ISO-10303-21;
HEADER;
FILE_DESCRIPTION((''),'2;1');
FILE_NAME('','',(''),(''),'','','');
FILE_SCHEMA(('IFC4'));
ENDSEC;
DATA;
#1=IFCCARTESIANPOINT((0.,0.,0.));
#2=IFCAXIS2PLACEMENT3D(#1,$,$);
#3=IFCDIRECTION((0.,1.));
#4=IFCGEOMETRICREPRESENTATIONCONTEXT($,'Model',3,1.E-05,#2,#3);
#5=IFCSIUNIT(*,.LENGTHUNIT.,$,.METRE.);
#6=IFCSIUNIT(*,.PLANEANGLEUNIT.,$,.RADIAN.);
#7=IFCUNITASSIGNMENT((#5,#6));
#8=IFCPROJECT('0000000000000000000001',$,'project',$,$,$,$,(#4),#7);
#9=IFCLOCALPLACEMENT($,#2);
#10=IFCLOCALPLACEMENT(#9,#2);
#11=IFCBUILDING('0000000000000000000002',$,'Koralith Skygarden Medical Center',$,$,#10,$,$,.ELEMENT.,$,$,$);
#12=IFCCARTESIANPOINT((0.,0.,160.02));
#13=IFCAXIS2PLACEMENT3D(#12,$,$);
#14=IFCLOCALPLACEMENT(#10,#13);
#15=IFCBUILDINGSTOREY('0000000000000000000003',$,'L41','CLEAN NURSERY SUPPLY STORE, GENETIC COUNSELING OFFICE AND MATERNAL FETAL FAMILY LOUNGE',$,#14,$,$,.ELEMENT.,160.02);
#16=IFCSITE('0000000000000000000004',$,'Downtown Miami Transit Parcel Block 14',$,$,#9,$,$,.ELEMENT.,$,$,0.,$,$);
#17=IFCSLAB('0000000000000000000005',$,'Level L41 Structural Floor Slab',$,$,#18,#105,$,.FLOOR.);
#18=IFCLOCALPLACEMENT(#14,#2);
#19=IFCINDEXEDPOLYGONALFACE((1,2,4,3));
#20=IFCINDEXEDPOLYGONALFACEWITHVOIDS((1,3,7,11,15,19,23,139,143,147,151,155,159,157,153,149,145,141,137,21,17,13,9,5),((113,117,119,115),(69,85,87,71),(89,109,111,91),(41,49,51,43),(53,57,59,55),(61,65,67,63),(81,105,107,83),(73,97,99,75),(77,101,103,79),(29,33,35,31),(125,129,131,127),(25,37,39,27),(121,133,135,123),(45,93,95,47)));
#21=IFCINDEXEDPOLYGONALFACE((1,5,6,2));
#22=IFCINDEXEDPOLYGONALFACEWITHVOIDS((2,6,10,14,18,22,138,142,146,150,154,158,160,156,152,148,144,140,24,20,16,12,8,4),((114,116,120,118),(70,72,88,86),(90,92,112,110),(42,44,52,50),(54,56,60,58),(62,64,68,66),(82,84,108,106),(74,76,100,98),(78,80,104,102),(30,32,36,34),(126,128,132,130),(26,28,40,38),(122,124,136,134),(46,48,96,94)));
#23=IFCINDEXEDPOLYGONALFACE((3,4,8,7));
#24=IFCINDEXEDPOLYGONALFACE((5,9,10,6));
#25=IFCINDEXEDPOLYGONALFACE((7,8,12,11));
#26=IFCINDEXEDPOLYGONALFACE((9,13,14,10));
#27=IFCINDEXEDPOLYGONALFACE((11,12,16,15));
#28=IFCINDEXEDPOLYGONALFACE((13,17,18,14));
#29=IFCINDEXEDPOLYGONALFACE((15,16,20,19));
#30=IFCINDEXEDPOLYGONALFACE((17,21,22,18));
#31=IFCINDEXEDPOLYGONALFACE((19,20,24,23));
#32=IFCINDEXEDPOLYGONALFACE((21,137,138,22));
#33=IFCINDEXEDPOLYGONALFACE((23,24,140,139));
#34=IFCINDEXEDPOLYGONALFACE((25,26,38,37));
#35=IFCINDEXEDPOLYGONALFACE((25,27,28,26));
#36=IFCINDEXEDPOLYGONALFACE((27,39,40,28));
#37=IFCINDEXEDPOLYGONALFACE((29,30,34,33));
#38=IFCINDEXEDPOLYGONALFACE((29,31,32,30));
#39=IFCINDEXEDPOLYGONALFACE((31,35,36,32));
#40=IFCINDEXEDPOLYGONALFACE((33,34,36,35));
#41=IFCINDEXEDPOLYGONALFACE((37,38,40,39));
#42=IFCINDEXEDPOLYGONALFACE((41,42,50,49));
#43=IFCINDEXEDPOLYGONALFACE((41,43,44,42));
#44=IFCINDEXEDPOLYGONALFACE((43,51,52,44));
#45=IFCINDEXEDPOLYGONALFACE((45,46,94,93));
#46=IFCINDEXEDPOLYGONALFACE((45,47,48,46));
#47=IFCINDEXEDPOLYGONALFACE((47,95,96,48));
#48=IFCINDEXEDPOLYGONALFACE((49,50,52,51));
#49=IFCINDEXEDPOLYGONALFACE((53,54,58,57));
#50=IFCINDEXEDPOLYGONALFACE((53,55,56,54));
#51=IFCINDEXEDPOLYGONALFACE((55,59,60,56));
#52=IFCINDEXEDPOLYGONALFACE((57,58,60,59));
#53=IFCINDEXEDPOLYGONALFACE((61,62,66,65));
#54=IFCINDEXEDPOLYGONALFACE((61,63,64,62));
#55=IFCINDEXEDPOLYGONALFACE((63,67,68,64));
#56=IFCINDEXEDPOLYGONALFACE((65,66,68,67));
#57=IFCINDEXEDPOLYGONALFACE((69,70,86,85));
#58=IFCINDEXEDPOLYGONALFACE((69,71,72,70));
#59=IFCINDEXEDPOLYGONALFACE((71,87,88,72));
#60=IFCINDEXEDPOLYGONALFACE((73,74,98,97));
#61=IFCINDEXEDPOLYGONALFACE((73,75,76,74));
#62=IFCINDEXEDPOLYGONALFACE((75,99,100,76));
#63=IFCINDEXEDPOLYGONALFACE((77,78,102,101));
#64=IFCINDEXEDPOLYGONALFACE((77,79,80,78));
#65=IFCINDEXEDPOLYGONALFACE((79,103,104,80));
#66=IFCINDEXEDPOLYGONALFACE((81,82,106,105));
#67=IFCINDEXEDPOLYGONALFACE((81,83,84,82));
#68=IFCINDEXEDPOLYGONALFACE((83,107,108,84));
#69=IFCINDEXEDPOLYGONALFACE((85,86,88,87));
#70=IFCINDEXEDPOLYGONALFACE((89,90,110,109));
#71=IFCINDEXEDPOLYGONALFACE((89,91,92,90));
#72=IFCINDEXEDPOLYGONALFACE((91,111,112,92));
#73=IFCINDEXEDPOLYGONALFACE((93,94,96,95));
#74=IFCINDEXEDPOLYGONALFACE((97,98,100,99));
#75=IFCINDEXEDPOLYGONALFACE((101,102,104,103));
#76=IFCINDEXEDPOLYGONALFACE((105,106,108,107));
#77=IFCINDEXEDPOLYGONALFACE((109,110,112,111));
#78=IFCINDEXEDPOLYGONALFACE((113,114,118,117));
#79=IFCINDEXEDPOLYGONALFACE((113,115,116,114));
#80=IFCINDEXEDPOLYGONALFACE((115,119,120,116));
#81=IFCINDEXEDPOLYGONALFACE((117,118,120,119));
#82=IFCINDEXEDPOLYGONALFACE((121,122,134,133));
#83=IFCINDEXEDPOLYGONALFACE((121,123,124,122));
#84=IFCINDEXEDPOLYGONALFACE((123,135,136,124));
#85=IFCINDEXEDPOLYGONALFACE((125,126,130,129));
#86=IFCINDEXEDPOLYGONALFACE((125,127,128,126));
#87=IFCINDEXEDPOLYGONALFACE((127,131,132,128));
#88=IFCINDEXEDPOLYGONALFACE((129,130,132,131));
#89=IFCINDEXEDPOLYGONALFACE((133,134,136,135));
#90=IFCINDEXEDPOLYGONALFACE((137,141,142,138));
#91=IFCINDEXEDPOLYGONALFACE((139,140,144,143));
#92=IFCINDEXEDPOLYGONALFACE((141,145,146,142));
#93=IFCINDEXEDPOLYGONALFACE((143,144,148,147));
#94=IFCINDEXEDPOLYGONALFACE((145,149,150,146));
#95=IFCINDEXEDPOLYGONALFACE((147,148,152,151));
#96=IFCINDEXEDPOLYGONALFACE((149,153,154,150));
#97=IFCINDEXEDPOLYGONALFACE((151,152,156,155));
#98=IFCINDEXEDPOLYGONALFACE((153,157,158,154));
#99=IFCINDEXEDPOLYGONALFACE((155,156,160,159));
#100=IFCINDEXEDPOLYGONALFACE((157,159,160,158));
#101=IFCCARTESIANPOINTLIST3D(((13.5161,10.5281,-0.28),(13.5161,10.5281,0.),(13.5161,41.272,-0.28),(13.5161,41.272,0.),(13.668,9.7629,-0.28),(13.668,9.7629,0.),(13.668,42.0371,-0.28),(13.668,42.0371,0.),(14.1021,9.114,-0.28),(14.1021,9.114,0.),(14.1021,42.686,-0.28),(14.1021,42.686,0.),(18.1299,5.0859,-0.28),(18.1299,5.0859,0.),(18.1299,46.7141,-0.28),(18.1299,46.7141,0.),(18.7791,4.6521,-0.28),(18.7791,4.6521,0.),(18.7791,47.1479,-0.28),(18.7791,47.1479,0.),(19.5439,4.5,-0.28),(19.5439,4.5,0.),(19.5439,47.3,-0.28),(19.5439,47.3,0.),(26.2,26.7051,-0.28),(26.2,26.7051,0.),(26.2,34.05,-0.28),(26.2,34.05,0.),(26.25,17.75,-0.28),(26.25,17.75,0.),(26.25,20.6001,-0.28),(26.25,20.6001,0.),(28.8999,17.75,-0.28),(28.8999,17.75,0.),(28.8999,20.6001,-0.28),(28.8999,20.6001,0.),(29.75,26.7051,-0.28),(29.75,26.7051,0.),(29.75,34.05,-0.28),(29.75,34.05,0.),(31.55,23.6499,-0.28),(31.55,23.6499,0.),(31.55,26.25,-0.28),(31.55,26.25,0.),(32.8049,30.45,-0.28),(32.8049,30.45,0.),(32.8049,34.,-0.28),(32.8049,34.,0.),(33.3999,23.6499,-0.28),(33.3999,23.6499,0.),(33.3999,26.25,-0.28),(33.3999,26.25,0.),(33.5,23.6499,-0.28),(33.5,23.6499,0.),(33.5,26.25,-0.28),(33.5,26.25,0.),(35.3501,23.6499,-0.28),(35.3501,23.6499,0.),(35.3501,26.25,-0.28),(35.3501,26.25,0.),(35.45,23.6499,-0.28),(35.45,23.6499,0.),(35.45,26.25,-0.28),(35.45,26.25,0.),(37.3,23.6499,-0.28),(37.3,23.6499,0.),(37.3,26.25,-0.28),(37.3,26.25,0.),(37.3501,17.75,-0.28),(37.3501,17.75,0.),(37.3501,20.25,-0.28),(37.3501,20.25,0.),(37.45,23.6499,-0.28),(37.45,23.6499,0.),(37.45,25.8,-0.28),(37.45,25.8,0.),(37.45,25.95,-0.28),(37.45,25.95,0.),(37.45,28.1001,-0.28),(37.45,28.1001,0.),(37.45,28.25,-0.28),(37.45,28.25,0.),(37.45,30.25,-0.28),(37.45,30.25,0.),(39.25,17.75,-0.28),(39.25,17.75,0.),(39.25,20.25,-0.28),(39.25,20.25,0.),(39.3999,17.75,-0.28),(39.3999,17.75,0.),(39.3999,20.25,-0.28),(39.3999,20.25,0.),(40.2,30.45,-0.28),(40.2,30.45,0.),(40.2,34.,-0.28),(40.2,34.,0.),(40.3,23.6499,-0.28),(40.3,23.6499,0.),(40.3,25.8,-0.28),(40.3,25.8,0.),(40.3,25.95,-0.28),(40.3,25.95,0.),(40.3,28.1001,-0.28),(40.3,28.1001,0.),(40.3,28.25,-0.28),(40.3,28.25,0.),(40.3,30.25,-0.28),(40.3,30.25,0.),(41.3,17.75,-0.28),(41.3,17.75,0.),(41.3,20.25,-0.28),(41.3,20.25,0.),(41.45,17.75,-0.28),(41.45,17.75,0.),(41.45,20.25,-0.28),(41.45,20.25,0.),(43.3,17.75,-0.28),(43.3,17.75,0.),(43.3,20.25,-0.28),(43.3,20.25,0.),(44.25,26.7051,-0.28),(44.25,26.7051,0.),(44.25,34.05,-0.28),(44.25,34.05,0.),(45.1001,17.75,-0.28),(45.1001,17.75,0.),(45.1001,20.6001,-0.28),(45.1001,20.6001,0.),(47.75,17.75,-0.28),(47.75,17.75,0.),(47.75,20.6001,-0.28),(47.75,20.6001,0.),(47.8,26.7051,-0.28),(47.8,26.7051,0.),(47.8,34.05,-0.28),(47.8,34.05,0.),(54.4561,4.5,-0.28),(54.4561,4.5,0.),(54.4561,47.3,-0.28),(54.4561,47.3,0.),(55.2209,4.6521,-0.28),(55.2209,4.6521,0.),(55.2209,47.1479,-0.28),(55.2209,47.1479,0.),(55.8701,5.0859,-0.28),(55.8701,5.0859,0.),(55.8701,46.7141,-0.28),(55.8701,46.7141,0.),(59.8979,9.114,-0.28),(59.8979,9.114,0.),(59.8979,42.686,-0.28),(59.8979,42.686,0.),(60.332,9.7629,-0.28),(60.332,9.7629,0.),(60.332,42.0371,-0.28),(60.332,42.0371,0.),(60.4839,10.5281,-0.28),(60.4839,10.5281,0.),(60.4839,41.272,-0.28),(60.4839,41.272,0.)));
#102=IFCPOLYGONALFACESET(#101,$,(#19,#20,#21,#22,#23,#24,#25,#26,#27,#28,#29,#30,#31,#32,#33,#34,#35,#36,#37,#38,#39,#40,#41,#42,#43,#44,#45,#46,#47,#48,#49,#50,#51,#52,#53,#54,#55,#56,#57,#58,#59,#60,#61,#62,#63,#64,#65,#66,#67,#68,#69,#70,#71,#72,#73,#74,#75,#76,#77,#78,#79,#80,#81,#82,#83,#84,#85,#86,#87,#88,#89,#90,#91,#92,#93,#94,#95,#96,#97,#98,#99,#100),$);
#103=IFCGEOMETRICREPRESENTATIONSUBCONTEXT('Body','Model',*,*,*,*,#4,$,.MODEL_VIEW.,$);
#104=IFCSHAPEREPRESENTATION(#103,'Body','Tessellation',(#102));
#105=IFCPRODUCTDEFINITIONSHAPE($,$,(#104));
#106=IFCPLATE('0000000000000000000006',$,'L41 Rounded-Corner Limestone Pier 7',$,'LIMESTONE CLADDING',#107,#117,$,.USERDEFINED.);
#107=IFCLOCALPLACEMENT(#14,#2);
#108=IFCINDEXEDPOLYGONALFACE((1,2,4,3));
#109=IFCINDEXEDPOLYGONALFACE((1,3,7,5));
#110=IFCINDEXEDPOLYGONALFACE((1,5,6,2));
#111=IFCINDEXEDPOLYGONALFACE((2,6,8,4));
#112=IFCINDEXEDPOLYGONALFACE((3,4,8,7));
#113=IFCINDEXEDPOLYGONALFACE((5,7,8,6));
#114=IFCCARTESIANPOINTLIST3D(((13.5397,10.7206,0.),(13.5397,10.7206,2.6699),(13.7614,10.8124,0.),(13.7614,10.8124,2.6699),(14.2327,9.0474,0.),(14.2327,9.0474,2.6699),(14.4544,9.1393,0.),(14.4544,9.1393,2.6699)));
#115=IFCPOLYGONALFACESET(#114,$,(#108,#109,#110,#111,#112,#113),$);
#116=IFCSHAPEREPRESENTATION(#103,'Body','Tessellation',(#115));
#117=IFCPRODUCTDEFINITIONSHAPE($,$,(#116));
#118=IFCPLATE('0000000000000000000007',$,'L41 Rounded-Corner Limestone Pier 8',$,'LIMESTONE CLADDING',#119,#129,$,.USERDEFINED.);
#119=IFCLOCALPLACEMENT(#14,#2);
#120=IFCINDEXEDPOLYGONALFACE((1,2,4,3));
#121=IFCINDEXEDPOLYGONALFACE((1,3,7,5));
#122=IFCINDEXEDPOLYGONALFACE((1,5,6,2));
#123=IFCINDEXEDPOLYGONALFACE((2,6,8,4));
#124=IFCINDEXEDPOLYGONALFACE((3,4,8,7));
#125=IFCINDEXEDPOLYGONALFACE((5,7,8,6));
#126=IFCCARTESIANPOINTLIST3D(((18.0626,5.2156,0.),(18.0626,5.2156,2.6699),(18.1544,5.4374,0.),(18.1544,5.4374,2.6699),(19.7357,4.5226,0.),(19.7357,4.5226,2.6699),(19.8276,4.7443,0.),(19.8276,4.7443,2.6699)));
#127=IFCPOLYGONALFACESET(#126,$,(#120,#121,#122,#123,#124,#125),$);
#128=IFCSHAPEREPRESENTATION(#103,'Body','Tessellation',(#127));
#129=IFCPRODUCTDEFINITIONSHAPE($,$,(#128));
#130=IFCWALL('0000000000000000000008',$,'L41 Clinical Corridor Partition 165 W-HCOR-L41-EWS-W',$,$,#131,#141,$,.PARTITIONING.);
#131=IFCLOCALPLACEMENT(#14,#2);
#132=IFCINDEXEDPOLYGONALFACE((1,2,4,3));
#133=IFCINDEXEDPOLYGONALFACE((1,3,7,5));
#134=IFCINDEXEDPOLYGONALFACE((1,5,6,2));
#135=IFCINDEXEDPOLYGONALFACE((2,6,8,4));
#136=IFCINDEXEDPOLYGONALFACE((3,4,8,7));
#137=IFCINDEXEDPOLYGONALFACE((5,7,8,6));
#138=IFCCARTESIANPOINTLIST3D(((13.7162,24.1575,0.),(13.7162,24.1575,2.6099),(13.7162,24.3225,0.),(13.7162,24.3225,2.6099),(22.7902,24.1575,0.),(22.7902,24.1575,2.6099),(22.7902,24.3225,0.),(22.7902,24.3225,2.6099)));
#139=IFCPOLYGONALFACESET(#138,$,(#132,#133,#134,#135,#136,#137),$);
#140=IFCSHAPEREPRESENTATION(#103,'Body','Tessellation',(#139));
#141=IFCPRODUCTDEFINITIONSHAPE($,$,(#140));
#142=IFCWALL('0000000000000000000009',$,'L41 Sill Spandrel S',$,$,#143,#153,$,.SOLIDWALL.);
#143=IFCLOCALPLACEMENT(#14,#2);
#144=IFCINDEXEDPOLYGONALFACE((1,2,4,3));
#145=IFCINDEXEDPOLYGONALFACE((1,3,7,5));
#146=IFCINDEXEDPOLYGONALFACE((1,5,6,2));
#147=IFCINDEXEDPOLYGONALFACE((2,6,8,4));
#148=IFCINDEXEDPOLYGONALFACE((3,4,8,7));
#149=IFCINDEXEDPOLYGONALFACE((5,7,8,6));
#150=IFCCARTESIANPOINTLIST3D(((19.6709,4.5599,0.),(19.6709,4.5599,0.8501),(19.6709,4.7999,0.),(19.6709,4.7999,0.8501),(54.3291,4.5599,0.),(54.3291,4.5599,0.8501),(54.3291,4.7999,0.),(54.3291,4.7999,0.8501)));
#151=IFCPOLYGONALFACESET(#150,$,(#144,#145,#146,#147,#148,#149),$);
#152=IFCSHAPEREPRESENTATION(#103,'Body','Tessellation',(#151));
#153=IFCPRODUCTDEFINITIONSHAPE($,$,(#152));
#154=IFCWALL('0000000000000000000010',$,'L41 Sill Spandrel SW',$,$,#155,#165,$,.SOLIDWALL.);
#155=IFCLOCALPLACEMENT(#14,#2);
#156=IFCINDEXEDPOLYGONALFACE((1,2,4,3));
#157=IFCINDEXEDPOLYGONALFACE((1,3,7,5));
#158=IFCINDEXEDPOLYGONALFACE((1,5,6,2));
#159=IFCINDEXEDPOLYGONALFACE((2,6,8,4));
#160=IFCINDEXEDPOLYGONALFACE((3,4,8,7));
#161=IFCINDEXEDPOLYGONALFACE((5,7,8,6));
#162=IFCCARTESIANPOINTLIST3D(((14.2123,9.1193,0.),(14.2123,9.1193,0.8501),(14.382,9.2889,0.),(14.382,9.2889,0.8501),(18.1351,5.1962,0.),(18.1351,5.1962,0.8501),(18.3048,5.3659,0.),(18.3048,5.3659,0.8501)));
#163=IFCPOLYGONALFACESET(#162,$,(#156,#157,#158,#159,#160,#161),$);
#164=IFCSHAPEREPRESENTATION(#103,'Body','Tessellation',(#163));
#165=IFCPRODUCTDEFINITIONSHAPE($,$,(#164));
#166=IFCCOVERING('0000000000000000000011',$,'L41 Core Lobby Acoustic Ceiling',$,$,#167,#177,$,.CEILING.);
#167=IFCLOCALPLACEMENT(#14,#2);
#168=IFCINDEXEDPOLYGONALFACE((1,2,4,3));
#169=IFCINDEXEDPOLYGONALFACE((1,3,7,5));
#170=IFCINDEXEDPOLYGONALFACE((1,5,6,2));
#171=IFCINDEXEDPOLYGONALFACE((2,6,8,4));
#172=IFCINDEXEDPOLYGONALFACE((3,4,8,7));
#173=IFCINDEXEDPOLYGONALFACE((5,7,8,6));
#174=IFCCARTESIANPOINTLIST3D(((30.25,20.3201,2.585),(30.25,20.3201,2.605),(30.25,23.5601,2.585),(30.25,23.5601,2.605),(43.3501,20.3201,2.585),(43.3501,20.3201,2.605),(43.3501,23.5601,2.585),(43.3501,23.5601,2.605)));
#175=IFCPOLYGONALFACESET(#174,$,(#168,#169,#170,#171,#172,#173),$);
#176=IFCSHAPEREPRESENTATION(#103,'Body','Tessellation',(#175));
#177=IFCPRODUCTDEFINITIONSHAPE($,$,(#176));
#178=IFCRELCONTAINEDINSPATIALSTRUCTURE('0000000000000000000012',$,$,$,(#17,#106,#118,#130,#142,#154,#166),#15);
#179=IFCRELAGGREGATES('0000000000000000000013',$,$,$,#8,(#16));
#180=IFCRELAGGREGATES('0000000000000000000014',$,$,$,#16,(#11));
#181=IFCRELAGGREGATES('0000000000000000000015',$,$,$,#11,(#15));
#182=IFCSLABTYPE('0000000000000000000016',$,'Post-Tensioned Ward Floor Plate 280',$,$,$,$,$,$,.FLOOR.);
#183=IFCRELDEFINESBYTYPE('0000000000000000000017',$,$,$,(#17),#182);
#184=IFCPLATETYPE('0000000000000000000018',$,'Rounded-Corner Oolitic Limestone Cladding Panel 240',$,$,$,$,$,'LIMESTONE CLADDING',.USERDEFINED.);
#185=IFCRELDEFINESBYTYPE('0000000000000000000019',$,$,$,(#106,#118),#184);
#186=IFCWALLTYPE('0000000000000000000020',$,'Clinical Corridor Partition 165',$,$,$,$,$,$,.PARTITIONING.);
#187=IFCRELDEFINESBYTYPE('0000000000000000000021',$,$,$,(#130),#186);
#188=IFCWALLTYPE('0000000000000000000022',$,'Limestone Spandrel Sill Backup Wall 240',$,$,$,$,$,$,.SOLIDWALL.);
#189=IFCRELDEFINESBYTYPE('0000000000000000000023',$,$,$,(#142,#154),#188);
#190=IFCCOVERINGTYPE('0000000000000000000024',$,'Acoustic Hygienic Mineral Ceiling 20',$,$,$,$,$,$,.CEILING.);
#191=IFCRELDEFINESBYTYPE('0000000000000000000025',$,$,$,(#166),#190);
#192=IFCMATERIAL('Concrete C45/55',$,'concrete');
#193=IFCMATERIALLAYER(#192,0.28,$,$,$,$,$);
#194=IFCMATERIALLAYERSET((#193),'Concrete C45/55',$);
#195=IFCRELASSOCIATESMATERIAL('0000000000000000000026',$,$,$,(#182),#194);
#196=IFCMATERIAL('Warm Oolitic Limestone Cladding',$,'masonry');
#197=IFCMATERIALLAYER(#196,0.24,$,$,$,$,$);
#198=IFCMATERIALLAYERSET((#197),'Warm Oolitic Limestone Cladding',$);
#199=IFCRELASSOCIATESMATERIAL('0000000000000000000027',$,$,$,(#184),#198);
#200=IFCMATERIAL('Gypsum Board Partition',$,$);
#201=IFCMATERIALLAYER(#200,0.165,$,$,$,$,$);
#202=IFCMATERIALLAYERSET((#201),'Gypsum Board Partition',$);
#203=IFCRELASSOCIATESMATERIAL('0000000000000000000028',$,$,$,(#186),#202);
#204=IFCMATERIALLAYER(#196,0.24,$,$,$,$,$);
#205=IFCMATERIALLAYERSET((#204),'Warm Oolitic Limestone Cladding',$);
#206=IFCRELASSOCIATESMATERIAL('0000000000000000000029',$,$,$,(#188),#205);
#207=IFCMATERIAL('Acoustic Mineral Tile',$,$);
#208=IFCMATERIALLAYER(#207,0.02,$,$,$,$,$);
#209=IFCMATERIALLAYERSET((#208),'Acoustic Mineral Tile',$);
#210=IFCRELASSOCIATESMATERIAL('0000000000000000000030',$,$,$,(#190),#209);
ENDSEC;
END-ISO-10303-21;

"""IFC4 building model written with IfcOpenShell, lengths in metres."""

from ifc_helpers import new_model, si_unit, direction, frame, frame_2d, origin, origin_2d, place, context, subcontext, project, spatial, polyline, rectangle, outline, extrude, material, layer, layer_set, type_object, element, save


model = new_model("IFC4")

# Units and contexts
model_context = context("Model", 3, precision=1e-05, world=origin(), true_north=direction((0.0, 1.0)))
body_context = subcontext(model_context, "Body", "Model", "MODEL_VIEW")
ifc_project = project(units=[si_unit("LENGTHUNIT", "METRE"), si_unit("PLANEANGLEUNIT", "RADIAN")], contexts=[model_context])

# Site, building, storey
site_placement = place(None, origin())
site = spatial("IfcSite", under=ifc_project, at=site_placement, Name="Downtown Miami Transit Parcel Block 14", CompositionType="ELEMENT", RefElevation=0.0)
building_placement = place(site_placement, origin())
building = spatial("IfcBuilding", under=site, at=building_placement, Name="Koralith Skygarden Medical Center", CompositionType="ELEMENT")
storey_placement = place(building_placement, frame((0.0, 0.0, 160.02)))
storey = spatial("IfcBuildingStorey", under=building, at=storey_placement, Name="L41", Description="CLEAN NURSERY SUPPLY STORE, GENETIC COUNSELING OFFICE AND MATERNAL FETAL FAMILY LOUNGE", CompositionType="ELEMENT", Elevation=160.02)

# Shared definitions
ifc_material_1 = material(Name="Concrete C45/55", Category="concrete")

# Slab
ifc_layer_1 = layer(ifc_material_1, 0.28)
ifc_layer_set_1 = layer_set([ifc_layer_1], Name="Concrete C45/55")
slab_type_1 = type_object("IfcSlabType", Name="Post-Tensioned Ward Floor Plate 280", PredefinedType="FLOOR", material=ifc_layer_set_1)
slab_1_placement = place(storey_placement, frame((0.0, 0.0, -0.28)))
element("IfcSlab", 1, at=slab_1_placement, inside=storey, type_object=slab_type_1, Name="Level L41 Structural Floor Slab", PredefinedType="FLOOR", context=body_context, shape_type="SweptSolid", body=[
    extrude(outline(polyline([(18.1299, 5.0859), (18.7791, 4.6521), (19.5439, 4.5), (54.4561, 4.5), (55.2209, 4.6521), (55.8701, 5.0859), (59.8979, 9.114), (60.332, 9.7629), (60.4839, 10.5281), (60.4839, 41.272), (60.332, 42.0371), (59.8979, 42.686), (55.8701, 46.7141), (55.2209, 47.1479), (54.4561, 47.3), (19.5439, 47.3), (18.7791, 47.1479), (18.1299, 46.7141), (14.1021, 42.686), (13.668, 42.0371), (13.5161, 41.272), (13.5161, 10.5281), (13.668, 9.7629), (14.1021, 9.114), (18.1299, 5.0859)]), holes=[polyline([(26.2, 26.7051), (29.75, 26.7051), (29.75, 34.05), (26.2, 34.05), (26.2, 26.7051)]), polyline([(44.25, 26.7051), (47.8, 26.7051), (47.8, 34.05), (44.25, 34.05), (44.25, 26.7051)]), polyline([(32.8049, 30.45), (40.2, 30.45), (40.2, 34.0), (32.8049, 34.0), (32.8049, 30.45)]), polyline([(26.25, 17.75), (28.8999, 17.75), (28.8999, 20.6001), (26.25, 20.6001), (26.25, 17.75)]), polyline([(45.1001, 17.75), (47.75, 17.75), (47.75, 20.6001), (45.1001, 20.6001), (45.1001, 17.75)]), polyline([(37.3501, 17.75), (39.25, 17.75), (39.25, 20.25), (37.3501, 20.25), (37.3501, 17.75)]), polyline([(39.3999, 17.75), (41.3, 17.75), (41.3, 20.25), (39.3999, 20.25), (39.3999, 17.75)]), polyline([(41.45, 17.75), (43.3, 17.75), (43.3, 20.25), (41.45, 20.25), (41.45, 17.75)]), polyline([(31.55, 23.6499), (33.3999, 23.6499), (33.3999, 26.25), (31.55, 26.25), (31.55, 23.6499)]), polyline([(33.5, 23.6499), (35.3501, 23.6499), (35.3501, 26.25), (33.5, 26.25), (33.5, 23.6499)]), polyline([(35.45, 23.6499), (37.3, 23.6499), (37.3, 26.25), (35.45, 26.25), (35.45, 23.6499)]), polyline([(37.45, 23.6499), (40.3, 23.6499), (40.3, 25.8), (37.45, 25.8), (37.45, 23.6499)]), polyline([(37.45, 25.95), (40.3, 25.95), (40.3, 28.1001), (37.45, 28.1001), (37.45, 25.95)]), polyline([(37.45, 28.25), (40.3, 28.25), (40.3, 30.25), (37.45, 30.25), (37.45, 28.25)])]), origin(), (0.0, 0.0, 1.0), 0.28),
])

# Plates
ifc_material_2 = material(Name="Warm Oolitic Limestone Cladding", Category="masonry")
ifc_layer_2 = layer(ifc_material_2, 0.24)
ifc_layer_set_2 = layer_set([ifc_layer_2], Name="Warm Oolitic Limestone Cladding")
plate_type_1 = type_object("IfcPlateType", Name="Rounded-Corner Oolitic Limestone Cladding Panel 240", ElementType="LIMESTONE CLADDING", PredefinedType="USERDEFINED", material=ifc_layer_set_2)
for number, where, z_axis, x_axis, name in (
    (2, (13.9971, 9.9299, 0.0), (0.0, 0.0, 1.0), (0.382671, -0.923885, 0.0), "L41 Rounded-Corner Limestone Pier 7"),
    (3, (18.9451, 4.98, 0.0), (0.0, 0.0, 1.0), (0.923885, -0.382671, 0.0), "L41 Rounded-Corner Limestone Pier 8"),
):
    element("IfcPlate", number, at=place(storey_placement, frame(where, z_axis=z_axis, x_axis=x_axis)), inside=storey, type_object=plate_type_1, Name=name, ObjectType="LIMESTONE CLADDING", PredefinedType="USERDEFINED", context=body_context, shape_type="SweptSolid", body=[
        extrude(rectangle(XDim=1.811, YDim=0.24, at=origin_2d()), origin(), (0.0, 0.0, 1.0), 2.6699),
    ])

# Walls
ifc_material_3 = material(Name="Gypsum Board Partition")
ifc_layer_3 = layer(ifc_material_3, 0.165)
ifc_layer_set_3 = layer_set([ifc_layer_3], Name="Gypsum Board Partition")
wall_type_1 = type_object("IfcWallType", Name="Clinical Corridor Partition 165", PredefinedType="PARTITIONING", material=ifc_layer_set_3)
wall_1_placement = place(storey_placement, frame((13.7161, 24.24, 0.0), z_axis=(0.0, 0.0, 1.0), x_axis=(1.0, 0.0, 0.0)))
element("IfcWall", 4, at=wall_1_placement, inside=storey, type_object=wall_type_1, Name="L41 Clinical Corridor Partition 165 W-HCOR-L41-EWS-W", PredefinedType="PARTITIONING", context=body_context, shape_type="SweptSolid", body=[
    extrude(rectangle(XDim=9.074, YDim=0.165, at=frame_2d((4.5371, 0.0))), origin(), (0.0, 0.0, 1.0), 2.6099),
])
ifc_layer_4 = layer(ifc_material_2, 0.24)
ifc_layer_set_4 = layer_set([ifc_layer_4], Name="Warm Oolitic Limestone Cladding")
wall_type_2 = type_object("IfcWallType", Name="Limestone Spandrel Sill Backup Wall 240", PredefinedType="SOLIDWALL", material=ifc_layer_set_4)
wall_2_placement = place(storey_placement, frame((19.6709, 4.6799, 0.0), z_axis=(0.0, 0.0, 1.0), x_axis=(1.0, 0.0, 0.0)))
element("IfcWall", 5, at=wall_2_placement, inside=storey, type_object=wall_type_2, Name="L41 Sill Spandrel S", PredefinedType="SOLIDWALL", context=body_context, shape_type="SweptSolid", body=[
    extrude(rectangle(XDim=34.6582, YDim=0.24, at=frame_2d((17.3291, 0.0))), origin(), (0.0, 0.0, 1.0), 0.8501),
])
wall_3_placement = place(storey_placement, frame((14.2971, 9.2041, 0.0), z_axis=(0.0, 0.0, 1.0), x_axis=(0.707085, -0.707129, 0.0)))
element("IfcWall", 6, at=wall_3_placement, inside=storey, type_object=wall_type_2, Name="L41 Sill Spandrel SW", PredefinedType="SOLIDWALL", context=body_context, shape_type="SweptSolid", body=[
    extrude(rectangle(XDim=5.5479, YDim=0.24, at=frame_2d((2.7739, 0.0))), origin(), (0.0, 0.0, 1.0), 0.8501),
])

# Covering
ifc_material_4 = material(Name="Acoustic Mineral Tile")
ifc_layer_5 = layer(ifc_material_4, 0.02)
ifc_layer_set_5 = layer_set([ifc_layer_5], Name="Acoustic Mineral Tile")
covering_type_1 = type_object("IfcCoveringType", Name="Acoustic Hygienic Mineral Ceiling 20", PredefinedType="CEILING", material=ifc_layer_set_5)
covering_1_placement = place(storey_placement, frame((0.0, 0.0, 2.585)))
element("IfcCovering", 7, at=covering_1_placement, inside=storey, type_object=covering_type_1, Name="L41 Core Lobby Acoustic Ceiling", PredefinedType="CEILING", context=body_context, shape_type="SweptSolid", body=[
    extrude(outline(polyline([(30.25, 20.3201), (43.3501, 20.3201), (43.3501, 23.5601), (30.25, 23.5601), (30.25, 20.3201)])), origin(), (0.0, 0.0, 1.0), 0.02),
])

save(model, "model.ifc")
